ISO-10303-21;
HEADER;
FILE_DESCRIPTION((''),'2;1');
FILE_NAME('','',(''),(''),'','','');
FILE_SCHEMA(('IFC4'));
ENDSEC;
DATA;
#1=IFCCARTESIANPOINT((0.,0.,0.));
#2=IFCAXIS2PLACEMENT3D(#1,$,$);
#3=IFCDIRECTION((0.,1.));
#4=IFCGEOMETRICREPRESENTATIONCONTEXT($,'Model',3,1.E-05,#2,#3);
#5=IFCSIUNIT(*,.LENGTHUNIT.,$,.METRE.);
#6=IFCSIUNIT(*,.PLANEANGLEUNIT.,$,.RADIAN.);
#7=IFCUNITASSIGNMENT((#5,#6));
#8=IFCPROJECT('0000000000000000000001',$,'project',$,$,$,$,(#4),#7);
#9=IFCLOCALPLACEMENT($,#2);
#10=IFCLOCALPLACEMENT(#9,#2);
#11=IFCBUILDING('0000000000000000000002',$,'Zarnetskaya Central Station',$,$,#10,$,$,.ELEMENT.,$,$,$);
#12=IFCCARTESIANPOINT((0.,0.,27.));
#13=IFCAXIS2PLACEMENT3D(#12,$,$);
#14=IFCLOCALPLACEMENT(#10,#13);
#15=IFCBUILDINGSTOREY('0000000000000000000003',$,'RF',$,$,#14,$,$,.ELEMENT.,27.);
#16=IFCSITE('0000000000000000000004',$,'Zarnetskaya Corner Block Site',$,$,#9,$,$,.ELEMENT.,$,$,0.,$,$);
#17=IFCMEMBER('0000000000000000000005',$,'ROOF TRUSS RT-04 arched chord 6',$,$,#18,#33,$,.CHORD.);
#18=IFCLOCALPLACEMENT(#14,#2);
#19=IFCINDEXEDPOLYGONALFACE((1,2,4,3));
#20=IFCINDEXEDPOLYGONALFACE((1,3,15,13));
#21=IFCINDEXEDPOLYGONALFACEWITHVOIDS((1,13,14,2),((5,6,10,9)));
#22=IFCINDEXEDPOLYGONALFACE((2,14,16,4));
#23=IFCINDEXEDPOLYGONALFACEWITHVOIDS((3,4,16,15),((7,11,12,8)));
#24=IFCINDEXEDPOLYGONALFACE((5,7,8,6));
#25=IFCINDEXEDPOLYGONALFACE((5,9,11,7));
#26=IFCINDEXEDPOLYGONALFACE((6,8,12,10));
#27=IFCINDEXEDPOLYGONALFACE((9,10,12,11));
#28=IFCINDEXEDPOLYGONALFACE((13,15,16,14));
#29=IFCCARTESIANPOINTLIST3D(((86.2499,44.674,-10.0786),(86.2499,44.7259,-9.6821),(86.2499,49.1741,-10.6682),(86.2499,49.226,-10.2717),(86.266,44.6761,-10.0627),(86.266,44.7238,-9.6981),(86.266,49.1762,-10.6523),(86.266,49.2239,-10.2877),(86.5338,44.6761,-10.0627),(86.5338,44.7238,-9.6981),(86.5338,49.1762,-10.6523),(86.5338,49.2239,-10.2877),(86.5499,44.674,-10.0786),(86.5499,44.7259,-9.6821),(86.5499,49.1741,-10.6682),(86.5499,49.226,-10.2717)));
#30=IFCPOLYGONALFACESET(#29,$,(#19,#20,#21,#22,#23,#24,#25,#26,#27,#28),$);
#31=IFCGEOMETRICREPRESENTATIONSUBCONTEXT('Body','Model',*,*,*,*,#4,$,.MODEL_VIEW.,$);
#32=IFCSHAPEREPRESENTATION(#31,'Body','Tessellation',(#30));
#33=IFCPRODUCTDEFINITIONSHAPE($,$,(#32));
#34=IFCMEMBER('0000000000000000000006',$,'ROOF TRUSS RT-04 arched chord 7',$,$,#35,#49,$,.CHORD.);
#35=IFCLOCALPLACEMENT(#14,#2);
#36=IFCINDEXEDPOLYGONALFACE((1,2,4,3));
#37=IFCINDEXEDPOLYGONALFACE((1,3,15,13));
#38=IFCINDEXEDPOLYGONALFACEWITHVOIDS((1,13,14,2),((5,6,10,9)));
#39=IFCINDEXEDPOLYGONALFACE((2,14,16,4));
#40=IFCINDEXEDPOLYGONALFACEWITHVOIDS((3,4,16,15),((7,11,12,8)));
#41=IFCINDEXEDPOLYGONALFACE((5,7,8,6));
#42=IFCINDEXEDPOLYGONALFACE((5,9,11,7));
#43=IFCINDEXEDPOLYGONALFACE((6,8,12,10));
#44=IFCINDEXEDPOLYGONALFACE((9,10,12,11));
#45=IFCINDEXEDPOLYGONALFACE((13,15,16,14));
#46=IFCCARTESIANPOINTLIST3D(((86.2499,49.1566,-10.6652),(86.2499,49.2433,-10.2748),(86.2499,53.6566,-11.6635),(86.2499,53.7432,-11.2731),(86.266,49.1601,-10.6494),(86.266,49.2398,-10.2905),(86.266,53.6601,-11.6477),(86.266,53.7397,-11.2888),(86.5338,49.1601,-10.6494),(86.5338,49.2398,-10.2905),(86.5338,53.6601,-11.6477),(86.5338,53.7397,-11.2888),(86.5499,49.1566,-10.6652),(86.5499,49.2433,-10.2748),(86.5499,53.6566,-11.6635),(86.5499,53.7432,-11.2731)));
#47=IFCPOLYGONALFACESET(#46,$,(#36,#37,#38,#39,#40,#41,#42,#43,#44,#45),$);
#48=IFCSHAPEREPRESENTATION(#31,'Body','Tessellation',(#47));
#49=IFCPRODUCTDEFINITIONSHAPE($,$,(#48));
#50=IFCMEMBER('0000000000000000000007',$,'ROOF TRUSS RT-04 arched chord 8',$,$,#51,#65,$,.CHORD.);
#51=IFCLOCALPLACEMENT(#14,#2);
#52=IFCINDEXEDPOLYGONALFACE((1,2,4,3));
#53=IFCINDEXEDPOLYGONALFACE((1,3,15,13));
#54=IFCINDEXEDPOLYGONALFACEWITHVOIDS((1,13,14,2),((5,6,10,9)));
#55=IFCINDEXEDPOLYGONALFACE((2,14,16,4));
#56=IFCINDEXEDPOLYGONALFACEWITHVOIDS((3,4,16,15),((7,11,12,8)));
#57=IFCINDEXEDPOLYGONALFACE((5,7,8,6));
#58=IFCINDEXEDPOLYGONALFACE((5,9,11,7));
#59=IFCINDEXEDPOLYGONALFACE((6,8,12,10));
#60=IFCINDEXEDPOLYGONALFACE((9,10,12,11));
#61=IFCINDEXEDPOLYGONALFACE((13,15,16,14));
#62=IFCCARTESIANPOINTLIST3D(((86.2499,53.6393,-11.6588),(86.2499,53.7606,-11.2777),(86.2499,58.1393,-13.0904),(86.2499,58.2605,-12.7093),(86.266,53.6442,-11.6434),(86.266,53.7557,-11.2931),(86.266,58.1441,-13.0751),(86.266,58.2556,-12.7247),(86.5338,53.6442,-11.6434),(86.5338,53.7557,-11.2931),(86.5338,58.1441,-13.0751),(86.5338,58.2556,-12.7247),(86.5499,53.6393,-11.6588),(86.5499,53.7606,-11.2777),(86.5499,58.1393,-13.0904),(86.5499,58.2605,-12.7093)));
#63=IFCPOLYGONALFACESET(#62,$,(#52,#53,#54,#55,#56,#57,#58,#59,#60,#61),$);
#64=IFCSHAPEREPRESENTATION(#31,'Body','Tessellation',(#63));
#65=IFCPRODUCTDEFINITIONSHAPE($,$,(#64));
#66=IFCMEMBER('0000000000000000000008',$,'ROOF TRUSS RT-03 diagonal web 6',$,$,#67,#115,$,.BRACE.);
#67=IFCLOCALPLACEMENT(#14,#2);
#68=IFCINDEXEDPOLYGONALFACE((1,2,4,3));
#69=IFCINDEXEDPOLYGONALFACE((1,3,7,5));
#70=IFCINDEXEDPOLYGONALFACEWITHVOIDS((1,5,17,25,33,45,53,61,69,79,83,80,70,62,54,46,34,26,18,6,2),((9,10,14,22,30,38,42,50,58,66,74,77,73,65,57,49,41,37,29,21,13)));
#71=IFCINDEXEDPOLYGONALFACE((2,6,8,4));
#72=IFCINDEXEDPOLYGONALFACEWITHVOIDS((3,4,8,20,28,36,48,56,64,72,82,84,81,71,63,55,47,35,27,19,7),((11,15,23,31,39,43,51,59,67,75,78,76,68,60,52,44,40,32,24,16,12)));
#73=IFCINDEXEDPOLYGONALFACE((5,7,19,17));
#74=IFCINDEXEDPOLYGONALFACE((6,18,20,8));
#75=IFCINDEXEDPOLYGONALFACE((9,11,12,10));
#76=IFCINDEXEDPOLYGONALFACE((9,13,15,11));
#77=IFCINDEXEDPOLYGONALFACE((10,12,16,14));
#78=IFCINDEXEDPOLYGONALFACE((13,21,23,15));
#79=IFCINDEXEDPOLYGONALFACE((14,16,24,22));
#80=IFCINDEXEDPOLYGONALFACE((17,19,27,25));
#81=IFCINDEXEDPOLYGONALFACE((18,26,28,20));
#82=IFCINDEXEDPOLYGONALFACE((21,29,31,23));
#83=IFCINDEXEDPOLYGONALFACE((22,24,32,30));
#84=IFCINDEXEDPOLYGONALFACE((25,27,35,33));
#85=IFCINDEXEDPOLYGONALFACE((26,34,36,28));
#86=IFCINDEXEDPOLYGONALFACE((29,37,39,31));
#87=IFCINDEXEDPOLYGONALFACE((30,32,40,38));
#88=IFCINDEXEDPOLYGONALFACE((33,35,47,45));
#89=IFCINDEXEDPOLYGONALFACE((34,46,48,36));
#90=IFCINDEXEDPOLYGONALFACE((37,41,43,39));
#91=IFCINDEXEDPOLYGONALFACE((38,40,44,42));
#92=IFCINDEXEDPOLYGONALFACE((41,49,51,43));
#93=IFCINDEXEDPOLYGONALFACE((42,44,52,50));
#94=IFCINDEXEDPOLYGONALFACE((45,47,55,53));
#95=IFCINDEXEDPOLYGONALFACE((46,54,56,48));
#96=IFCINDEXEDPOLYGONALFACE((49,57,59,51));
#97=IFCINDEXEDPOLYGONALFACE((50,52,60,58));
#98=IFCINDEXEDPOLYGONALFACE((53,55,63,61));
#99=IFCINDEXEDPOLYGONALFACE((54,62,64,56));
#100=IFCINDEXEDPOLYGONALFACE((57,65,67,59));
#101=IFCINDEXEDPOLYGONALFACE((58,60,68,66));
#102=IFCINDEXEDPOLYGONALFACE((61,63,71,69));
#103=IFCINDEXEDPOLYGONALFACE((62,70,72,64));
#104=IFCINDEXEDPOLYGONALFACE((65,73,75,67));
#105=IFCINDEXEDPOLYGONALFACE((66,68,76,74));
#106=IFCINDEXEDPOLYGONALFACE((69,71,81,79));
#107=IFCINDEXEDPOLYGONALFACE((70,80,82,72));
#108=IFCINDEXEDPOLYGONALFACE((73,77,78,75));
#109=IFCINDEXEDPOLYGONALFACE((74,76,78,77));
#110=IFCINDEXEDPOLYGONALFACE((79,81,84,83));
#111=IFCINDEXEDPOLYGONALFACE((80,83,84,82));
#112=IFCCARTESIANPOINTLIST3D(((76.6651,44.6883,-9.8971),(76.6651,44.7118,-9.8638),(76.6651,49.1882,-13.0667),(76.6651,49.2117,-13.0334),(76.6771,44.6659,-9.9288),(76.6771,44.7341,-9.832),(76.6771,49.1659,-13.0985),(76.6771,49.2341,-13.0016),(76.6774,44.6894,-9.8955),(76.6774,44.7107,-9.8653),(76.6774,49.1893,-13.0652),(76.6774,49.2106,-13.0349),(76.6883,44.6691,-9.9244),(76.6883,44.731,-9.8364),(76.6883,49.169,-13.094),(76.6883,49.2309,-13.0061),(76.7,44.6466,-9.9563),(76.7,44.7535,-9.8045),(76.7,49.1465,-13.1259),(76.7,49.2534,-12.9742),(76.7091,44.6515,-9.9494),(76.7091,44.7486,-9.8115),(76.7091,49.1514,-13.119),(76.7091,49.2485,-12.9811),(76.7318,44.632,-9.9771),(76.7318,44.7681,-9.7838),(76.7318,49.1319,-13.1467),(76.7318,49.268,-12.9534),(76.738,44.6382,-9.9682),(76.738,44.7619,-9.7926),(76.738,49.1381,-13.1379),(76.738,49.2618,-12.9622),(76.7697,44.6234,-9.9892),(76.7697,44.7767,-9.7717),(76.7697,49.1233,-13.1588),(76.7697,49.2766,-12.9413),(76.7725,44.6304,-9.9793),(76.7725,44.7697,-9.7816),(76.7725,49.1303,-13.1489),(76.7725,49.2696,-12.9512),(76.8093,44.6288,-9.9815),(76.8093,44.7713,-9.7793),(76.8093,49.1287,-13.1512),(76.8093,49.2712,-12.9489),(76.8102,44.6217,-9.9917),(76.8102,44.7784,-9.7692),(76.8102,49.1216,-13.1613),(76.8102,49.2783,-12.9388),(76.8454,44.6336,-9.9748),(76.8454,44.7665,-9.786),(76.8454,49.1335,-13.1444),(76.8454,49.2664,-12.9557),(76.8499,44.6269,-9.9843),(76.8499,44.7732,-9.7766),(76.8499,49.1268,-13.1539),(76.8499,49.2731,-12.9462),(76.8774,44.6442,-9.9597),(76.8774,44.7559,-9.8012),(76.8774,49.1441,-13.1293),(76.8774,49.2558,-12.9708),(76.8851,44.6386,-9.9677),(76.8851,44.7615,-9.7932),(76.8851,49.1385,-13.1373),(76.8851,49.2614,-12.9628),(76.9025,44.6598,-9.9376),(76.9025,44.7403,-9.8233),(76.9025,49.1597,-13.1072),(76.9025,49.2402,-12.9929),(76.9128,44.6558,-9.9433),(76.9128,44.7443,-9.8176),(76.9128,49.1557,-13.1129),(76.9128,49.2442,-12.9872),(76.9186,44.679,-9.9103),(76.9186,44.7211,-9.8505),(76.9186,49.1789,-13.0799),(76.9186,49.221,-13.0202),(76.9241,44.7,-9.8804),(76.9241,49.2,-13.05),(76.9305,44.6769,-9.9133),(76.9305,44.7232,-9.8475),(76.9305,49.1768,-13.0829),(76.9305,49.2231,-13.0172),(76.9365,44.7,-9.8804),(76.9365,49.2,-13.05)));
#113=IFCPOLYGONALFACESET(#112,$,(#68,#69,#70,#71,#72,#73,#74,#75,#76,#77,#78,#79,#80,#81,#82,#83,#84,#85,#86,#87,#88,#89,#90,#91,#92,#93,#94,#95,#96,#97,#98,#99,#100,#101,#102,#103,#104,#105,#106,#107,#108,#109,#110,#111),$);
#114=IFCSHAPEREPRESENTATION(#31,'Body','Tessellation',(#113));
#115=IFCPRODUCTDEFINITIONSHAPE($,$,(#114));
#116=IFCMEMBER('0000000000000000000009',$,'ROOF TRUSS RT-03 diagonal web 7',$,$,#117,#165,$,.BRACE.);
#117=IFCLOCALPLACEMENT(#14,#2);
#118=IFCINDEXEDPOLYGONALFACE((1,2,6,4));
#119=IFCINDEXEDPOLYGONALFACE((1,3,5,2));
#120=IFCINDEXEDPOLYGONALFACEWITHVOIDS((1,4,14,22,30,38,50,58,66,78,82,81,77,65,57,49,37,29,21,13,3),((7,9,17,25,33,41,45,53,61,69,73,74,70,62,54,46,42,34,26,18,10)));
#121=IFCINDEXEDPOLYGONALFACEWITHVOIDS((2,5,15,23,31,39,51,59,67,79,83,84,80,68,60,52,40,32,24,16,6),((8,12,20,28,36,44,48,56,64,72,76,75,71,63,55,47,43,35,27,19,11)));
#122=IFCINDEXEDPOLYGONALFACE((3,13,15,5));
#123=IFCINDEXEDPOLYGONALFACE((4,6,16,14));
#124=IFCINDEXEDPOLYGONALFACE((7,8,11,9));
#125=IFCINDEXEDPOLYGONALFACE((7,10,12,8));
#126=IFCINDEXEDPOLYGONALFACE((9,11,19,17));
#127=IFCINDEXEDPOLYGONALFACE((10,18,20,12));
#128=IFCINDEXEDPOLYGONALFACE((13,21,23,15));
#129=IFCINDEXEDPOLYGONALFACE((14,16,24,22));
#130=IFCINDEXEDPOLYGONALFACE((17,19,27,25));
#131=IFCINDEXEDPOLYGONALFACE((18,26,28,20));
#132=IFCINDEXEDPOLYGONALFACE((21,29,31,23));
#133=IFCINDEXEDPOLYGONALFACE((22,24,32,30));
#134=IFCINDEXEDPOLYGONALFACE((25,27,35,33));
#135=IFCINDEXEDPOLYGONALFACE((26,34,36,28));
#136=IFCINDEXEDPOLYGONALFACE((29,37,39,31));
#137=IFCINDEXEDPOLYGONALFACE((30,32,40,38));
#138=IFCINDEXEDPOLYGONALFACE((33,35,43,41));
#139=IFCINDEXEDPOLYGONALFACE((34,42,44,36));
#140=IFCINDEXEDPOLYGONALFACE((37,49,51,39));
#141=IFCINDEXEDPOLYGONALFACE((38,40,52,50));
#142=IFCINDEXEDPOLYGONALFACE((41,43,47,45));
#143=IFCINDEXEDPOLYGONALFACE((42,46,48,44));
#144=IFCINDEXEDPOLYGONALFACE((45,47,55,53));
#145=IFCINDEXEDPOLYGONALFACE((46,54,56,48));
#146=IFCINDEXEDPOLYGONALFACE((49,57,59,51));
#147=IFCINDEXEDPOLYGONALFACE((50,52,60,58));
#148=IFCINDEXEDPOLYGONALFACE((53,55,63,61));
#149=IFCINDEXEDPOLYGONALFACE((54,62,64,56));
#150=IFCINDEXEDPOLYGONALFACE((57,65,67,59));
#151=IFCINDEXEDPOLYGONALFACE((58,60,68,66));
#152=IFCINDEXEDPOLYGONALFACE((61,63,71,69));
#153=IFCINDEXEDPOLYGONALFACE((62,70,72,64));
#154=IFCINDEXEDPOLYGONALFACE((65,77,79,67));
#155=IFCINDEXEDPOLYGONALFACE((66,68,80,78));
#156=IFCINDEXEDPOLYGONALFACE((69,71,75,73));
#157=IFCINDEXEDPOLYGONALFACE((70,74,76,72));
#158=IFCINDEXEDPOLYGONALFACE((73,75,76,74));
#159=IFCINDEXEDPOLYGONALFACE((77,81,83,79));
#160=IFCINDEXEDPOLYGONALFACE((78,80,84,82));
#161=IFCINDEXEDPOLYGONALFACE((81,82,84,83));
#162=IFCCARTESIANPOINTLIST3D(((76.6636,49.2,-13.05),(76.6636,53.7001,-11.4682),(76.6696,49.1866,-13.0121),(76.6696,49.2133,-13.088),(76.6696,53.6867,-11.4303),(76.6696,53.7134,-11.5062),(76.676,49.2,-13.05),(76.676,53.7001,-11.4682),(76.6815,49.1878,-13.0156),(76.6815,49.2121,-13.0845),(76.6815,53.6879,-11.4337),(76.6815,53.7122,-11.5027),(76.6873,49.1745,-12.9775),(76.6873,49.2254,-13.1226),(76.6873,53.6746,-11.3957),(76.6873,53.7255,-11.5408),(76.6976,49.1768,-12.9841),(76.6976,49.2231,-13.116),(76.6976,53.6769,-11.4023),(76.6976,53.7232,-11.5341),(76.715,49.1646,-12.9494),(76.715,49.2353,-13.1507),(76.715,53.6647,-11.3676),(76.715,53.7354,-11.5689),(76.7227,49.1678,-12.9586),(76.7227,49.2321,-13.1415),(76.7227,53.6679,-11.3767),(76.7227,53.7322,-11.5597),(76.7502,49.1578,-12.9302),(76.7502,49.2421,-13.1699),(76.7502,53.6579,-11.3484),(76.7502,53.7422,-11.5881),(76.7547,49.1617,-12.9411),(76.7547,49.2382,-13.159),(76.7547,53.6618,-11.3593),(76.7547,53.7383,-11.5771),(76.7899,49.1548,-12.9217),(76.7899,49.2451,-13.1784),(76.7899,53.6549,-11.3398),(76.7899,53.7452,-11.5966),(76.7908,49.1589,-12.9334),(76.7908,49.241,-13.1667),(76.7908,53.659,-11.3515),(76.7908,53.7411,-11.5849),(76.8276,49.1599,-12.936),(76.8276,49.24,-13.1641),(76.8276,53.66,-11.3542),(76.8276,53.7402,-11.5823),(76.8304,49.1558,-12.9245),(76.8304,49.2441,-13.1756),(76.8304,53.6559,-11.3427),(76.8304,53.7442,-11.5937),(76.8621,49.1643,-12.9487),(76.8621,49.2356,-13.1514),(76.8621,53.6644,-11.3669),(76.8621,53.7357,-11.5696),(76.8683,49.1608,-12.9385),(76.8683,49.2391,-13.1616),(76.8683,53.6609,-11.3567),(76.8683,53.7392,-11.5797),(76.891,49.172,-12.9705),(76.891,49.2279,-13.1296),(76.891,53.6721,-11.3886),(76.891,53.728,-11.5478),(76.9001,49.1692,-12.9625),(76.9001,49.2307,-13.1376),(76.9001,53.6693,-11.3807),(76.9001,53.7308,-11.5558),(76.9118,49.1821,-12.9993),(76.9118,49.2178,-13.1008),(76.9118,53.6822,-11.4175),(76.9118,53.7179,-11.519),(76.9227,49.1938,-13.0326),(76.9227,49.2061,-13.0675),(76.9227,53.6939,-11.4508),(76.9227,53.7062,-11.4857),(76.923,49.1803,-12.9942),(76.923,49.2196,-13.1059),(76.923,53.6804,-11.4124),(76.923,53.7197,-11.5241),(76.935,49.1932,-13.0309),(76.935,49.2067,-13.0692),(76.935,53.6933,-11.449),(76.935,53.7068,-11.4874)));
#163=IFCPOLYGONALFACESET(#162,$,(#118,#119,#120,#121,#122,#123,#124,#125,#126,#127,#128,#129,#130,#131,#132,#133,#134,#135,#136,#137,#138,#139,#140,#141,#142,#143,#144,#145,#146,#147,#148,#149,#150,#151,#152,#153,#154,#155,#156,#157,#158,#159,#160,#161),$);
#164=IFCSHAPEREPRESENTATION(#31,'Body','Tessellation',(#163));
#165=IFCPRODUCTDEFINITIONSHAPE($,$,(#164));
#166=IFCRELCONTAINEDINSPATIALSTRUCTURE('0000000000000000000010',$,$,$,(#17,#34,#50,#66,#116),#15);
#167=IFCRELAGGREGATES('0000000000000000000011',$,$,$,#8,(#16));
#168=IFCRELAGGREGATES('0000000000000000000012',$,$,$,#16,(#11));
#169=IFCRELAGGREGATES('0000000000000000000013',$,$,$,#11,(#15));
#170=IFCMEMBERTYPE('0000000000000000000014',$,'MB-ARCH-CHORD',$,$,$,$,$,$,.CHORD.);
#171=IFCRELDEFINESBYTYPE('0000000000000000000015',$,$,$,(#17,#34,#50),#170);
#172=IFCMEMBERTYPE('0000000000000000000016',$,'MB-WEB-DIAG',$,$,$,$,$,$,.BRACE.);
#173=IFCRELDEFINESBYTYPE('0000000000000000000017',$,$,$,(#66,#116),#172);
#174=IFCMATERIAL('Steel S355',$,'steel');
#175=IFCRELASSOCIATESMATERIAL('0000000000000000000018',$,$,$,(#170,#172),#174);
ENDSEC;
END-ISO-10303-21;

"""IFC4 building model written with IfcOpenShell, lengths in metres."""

from ifc_helpers import new_model, si_unit, direction, frame, origin, origin_2d, place, context, subcontext, project, spatial, hollow_rectangle, hollow_circle, extrude, material, material_profile, profile_set, type_object, element, save


model = new_model("IFC4")

# Units and contexts
model_context = context("Model", 3, precision=1e-05, world=origin(), true_north=direction((0.0, 1.0)))
body_context = subcontext(model_context, "Body", "Model", "MODEL_VIEW")
ifc_project = project(units=[si_unit("LENGTHUNIT", "METRE"), si_unit("PLANEANGLEUNIT", "RADIAN")], contexts=[model_context])

# Site, building, storey
site_placement = place(None, origin())
site = spatial("IfcSite", under=ifc_project, at=site_placement, Name="Zarnetskaya Corner Block Site", CompositionType="ELEMENT", RefElevation=0.0)
building_placement = place(site_placement, origin())
building = spatial("IfcBuilding", under=site, at=building_placement, Name="Zarnetskaya Central Station", CompositionType="ELEMENT")
storey_placement = place(building_placement, frame((0.0, 0.0, 27.0)))
storey = spatial("IfcBuildingStorey", under=building, at=storey_placement, Name="RF", CompositionType="ELEMENT", Elevation=27.0)

# Shared definitions
ifc_material_1 = material(Name="Steel S355", Category="steel")

# Members
ifc_material_profile_1 = material_profile(ifc_material_1, hollow_rectangle(XDim=0.3, YDim=0.3999, WallThickness=0.0161, at=origin_2d()), Name="RHS 400x300x16")
ifc_profile_set_1 = profile_set([ifc_material_profile_1], Name="Steel S355")
member_type_1 = type_object("IfcMemberType", Name="MB-ARCH-CHORD", PredefinedType="CHORD", material=ifc_profile_set_1)
member_1_placement = place(storey_placement, frame((86.3999, 44.7, -9.8804), z_axis=(0.0, 0.991526, -0.129912), x_axis=(-1.0, 0.0, 0.0)))
element("IfcMember", 1, at=member_1_placement, inside=storey, type_object=member_type_1, Name="ROOF TRUSS RT-04 arched chord 6", PredefinedType="CHORD", context=body_context, shape_type="SweptSolid", body=[
    extrude(hollow_rectangle(XDim=0.3, YDim=0.3999, WallThickness=0.0161, at=origin_2d()), origin(), (0.0, 0.0, 1.0), 4.5386),
])
member_2_placement = place(storey_placement, frame((86.3999, 49.2, -10.47), z_axis=(0.0, 0.976266, -0.216577), x_axis=(-1.0, 0.0, 0.0)))
element("IfcMember", 2, at=member_2_placement, inside=storey, type_object=member_type_1, Name="ROOF TRUSS RT-04 arched chord 7", PredefinedType="CHORD", context=body_context, shape_type="SweptSolid", body=[
    extrude(hollow_rectangle(XDim=0.3, YDim=0.3999, WallThickness=0.0161, at=origin_2d()), origin(), (0.0, 0.0, 1.0), 4.6094),
])
member_3_placement = place(storey_placement, frame((86.3999, 53.7, -11.4683), z_axis=(0.0, 0.952937, -0.30317), x_axis=(-1.0, 0.0, 0.0)))
element("IfcMember", 3, at=member_3_placement, inside=storey, type_object=member_type_1, Name="ROOF TRUSS RT-04 arched chord 8", PredefinedType="CHORD", context=body_context, shape_type="SweptSolid", body=[
    extrude(hollow_rectangle(XDim=0.3, YDim=0.3999, WallThickness=0.0161, at=origin_2d()), origin(), (0.0, 0.0, 1.0), 4.7222),
])
ifc_material_profile_2 = material_profile(ifc_material_1, hollow_circle(Radius=0.1365, WallThickness=0.0125, at=origin_2d()), Name="CHS 273x12.5")
ifc_profile_set_2 = profile_set([ifc_material_profile_2], Name="Steel S355")
member_type_2 = type_object("IfcMemberType", Name="MB-WEB-DIAG", PredefinedType="BRACE", material=ifc_profile_set_2)
member_4_placement = place(storey_placement, frame((76.8, 49.2, -13.05), z_axis=(0.0, -0.817549, 0.575859), x_axis=(1.0, 0.0, 0.0)))
element("IfcMember", 4, at=member_4_placement, inside=storey, type_object=member_type_2, Name="ROOF TRUSS RT-03 diagonal web 6", PredefinedType="BRACE", context=body_context, shape_type="SweptSolid", body=[
    extrude(hollow_circle(Radius=0.1365, WallThickness=0.0125, at=origin_2d()), origin(), (0.0, 0.0, 1.0), 5.5042),
])
member_5_placement = place(storey_placement, frame((76.8, 49.2, -13.05), z_axis=(0.0, 0.943414, 0.331618), x_axis=(-1.0, 0.0, 0.0)))
element("IfcMember", 5, at=member_5_placement, inside=storey, type_object=member_type_2, Name="ROOF TRUSS RT-03 diagonal web 7", PredefinedType="BRACE", context=body_context, shape_type="SweptSolid", body=[
    extrude(hollow_circle(Radius=0.1365, WallThickness=0.0125, at=origin_2d()), origin(), (0.0, 0.0, 1.0), 4.77),
])

save(model, "model.ifc")
